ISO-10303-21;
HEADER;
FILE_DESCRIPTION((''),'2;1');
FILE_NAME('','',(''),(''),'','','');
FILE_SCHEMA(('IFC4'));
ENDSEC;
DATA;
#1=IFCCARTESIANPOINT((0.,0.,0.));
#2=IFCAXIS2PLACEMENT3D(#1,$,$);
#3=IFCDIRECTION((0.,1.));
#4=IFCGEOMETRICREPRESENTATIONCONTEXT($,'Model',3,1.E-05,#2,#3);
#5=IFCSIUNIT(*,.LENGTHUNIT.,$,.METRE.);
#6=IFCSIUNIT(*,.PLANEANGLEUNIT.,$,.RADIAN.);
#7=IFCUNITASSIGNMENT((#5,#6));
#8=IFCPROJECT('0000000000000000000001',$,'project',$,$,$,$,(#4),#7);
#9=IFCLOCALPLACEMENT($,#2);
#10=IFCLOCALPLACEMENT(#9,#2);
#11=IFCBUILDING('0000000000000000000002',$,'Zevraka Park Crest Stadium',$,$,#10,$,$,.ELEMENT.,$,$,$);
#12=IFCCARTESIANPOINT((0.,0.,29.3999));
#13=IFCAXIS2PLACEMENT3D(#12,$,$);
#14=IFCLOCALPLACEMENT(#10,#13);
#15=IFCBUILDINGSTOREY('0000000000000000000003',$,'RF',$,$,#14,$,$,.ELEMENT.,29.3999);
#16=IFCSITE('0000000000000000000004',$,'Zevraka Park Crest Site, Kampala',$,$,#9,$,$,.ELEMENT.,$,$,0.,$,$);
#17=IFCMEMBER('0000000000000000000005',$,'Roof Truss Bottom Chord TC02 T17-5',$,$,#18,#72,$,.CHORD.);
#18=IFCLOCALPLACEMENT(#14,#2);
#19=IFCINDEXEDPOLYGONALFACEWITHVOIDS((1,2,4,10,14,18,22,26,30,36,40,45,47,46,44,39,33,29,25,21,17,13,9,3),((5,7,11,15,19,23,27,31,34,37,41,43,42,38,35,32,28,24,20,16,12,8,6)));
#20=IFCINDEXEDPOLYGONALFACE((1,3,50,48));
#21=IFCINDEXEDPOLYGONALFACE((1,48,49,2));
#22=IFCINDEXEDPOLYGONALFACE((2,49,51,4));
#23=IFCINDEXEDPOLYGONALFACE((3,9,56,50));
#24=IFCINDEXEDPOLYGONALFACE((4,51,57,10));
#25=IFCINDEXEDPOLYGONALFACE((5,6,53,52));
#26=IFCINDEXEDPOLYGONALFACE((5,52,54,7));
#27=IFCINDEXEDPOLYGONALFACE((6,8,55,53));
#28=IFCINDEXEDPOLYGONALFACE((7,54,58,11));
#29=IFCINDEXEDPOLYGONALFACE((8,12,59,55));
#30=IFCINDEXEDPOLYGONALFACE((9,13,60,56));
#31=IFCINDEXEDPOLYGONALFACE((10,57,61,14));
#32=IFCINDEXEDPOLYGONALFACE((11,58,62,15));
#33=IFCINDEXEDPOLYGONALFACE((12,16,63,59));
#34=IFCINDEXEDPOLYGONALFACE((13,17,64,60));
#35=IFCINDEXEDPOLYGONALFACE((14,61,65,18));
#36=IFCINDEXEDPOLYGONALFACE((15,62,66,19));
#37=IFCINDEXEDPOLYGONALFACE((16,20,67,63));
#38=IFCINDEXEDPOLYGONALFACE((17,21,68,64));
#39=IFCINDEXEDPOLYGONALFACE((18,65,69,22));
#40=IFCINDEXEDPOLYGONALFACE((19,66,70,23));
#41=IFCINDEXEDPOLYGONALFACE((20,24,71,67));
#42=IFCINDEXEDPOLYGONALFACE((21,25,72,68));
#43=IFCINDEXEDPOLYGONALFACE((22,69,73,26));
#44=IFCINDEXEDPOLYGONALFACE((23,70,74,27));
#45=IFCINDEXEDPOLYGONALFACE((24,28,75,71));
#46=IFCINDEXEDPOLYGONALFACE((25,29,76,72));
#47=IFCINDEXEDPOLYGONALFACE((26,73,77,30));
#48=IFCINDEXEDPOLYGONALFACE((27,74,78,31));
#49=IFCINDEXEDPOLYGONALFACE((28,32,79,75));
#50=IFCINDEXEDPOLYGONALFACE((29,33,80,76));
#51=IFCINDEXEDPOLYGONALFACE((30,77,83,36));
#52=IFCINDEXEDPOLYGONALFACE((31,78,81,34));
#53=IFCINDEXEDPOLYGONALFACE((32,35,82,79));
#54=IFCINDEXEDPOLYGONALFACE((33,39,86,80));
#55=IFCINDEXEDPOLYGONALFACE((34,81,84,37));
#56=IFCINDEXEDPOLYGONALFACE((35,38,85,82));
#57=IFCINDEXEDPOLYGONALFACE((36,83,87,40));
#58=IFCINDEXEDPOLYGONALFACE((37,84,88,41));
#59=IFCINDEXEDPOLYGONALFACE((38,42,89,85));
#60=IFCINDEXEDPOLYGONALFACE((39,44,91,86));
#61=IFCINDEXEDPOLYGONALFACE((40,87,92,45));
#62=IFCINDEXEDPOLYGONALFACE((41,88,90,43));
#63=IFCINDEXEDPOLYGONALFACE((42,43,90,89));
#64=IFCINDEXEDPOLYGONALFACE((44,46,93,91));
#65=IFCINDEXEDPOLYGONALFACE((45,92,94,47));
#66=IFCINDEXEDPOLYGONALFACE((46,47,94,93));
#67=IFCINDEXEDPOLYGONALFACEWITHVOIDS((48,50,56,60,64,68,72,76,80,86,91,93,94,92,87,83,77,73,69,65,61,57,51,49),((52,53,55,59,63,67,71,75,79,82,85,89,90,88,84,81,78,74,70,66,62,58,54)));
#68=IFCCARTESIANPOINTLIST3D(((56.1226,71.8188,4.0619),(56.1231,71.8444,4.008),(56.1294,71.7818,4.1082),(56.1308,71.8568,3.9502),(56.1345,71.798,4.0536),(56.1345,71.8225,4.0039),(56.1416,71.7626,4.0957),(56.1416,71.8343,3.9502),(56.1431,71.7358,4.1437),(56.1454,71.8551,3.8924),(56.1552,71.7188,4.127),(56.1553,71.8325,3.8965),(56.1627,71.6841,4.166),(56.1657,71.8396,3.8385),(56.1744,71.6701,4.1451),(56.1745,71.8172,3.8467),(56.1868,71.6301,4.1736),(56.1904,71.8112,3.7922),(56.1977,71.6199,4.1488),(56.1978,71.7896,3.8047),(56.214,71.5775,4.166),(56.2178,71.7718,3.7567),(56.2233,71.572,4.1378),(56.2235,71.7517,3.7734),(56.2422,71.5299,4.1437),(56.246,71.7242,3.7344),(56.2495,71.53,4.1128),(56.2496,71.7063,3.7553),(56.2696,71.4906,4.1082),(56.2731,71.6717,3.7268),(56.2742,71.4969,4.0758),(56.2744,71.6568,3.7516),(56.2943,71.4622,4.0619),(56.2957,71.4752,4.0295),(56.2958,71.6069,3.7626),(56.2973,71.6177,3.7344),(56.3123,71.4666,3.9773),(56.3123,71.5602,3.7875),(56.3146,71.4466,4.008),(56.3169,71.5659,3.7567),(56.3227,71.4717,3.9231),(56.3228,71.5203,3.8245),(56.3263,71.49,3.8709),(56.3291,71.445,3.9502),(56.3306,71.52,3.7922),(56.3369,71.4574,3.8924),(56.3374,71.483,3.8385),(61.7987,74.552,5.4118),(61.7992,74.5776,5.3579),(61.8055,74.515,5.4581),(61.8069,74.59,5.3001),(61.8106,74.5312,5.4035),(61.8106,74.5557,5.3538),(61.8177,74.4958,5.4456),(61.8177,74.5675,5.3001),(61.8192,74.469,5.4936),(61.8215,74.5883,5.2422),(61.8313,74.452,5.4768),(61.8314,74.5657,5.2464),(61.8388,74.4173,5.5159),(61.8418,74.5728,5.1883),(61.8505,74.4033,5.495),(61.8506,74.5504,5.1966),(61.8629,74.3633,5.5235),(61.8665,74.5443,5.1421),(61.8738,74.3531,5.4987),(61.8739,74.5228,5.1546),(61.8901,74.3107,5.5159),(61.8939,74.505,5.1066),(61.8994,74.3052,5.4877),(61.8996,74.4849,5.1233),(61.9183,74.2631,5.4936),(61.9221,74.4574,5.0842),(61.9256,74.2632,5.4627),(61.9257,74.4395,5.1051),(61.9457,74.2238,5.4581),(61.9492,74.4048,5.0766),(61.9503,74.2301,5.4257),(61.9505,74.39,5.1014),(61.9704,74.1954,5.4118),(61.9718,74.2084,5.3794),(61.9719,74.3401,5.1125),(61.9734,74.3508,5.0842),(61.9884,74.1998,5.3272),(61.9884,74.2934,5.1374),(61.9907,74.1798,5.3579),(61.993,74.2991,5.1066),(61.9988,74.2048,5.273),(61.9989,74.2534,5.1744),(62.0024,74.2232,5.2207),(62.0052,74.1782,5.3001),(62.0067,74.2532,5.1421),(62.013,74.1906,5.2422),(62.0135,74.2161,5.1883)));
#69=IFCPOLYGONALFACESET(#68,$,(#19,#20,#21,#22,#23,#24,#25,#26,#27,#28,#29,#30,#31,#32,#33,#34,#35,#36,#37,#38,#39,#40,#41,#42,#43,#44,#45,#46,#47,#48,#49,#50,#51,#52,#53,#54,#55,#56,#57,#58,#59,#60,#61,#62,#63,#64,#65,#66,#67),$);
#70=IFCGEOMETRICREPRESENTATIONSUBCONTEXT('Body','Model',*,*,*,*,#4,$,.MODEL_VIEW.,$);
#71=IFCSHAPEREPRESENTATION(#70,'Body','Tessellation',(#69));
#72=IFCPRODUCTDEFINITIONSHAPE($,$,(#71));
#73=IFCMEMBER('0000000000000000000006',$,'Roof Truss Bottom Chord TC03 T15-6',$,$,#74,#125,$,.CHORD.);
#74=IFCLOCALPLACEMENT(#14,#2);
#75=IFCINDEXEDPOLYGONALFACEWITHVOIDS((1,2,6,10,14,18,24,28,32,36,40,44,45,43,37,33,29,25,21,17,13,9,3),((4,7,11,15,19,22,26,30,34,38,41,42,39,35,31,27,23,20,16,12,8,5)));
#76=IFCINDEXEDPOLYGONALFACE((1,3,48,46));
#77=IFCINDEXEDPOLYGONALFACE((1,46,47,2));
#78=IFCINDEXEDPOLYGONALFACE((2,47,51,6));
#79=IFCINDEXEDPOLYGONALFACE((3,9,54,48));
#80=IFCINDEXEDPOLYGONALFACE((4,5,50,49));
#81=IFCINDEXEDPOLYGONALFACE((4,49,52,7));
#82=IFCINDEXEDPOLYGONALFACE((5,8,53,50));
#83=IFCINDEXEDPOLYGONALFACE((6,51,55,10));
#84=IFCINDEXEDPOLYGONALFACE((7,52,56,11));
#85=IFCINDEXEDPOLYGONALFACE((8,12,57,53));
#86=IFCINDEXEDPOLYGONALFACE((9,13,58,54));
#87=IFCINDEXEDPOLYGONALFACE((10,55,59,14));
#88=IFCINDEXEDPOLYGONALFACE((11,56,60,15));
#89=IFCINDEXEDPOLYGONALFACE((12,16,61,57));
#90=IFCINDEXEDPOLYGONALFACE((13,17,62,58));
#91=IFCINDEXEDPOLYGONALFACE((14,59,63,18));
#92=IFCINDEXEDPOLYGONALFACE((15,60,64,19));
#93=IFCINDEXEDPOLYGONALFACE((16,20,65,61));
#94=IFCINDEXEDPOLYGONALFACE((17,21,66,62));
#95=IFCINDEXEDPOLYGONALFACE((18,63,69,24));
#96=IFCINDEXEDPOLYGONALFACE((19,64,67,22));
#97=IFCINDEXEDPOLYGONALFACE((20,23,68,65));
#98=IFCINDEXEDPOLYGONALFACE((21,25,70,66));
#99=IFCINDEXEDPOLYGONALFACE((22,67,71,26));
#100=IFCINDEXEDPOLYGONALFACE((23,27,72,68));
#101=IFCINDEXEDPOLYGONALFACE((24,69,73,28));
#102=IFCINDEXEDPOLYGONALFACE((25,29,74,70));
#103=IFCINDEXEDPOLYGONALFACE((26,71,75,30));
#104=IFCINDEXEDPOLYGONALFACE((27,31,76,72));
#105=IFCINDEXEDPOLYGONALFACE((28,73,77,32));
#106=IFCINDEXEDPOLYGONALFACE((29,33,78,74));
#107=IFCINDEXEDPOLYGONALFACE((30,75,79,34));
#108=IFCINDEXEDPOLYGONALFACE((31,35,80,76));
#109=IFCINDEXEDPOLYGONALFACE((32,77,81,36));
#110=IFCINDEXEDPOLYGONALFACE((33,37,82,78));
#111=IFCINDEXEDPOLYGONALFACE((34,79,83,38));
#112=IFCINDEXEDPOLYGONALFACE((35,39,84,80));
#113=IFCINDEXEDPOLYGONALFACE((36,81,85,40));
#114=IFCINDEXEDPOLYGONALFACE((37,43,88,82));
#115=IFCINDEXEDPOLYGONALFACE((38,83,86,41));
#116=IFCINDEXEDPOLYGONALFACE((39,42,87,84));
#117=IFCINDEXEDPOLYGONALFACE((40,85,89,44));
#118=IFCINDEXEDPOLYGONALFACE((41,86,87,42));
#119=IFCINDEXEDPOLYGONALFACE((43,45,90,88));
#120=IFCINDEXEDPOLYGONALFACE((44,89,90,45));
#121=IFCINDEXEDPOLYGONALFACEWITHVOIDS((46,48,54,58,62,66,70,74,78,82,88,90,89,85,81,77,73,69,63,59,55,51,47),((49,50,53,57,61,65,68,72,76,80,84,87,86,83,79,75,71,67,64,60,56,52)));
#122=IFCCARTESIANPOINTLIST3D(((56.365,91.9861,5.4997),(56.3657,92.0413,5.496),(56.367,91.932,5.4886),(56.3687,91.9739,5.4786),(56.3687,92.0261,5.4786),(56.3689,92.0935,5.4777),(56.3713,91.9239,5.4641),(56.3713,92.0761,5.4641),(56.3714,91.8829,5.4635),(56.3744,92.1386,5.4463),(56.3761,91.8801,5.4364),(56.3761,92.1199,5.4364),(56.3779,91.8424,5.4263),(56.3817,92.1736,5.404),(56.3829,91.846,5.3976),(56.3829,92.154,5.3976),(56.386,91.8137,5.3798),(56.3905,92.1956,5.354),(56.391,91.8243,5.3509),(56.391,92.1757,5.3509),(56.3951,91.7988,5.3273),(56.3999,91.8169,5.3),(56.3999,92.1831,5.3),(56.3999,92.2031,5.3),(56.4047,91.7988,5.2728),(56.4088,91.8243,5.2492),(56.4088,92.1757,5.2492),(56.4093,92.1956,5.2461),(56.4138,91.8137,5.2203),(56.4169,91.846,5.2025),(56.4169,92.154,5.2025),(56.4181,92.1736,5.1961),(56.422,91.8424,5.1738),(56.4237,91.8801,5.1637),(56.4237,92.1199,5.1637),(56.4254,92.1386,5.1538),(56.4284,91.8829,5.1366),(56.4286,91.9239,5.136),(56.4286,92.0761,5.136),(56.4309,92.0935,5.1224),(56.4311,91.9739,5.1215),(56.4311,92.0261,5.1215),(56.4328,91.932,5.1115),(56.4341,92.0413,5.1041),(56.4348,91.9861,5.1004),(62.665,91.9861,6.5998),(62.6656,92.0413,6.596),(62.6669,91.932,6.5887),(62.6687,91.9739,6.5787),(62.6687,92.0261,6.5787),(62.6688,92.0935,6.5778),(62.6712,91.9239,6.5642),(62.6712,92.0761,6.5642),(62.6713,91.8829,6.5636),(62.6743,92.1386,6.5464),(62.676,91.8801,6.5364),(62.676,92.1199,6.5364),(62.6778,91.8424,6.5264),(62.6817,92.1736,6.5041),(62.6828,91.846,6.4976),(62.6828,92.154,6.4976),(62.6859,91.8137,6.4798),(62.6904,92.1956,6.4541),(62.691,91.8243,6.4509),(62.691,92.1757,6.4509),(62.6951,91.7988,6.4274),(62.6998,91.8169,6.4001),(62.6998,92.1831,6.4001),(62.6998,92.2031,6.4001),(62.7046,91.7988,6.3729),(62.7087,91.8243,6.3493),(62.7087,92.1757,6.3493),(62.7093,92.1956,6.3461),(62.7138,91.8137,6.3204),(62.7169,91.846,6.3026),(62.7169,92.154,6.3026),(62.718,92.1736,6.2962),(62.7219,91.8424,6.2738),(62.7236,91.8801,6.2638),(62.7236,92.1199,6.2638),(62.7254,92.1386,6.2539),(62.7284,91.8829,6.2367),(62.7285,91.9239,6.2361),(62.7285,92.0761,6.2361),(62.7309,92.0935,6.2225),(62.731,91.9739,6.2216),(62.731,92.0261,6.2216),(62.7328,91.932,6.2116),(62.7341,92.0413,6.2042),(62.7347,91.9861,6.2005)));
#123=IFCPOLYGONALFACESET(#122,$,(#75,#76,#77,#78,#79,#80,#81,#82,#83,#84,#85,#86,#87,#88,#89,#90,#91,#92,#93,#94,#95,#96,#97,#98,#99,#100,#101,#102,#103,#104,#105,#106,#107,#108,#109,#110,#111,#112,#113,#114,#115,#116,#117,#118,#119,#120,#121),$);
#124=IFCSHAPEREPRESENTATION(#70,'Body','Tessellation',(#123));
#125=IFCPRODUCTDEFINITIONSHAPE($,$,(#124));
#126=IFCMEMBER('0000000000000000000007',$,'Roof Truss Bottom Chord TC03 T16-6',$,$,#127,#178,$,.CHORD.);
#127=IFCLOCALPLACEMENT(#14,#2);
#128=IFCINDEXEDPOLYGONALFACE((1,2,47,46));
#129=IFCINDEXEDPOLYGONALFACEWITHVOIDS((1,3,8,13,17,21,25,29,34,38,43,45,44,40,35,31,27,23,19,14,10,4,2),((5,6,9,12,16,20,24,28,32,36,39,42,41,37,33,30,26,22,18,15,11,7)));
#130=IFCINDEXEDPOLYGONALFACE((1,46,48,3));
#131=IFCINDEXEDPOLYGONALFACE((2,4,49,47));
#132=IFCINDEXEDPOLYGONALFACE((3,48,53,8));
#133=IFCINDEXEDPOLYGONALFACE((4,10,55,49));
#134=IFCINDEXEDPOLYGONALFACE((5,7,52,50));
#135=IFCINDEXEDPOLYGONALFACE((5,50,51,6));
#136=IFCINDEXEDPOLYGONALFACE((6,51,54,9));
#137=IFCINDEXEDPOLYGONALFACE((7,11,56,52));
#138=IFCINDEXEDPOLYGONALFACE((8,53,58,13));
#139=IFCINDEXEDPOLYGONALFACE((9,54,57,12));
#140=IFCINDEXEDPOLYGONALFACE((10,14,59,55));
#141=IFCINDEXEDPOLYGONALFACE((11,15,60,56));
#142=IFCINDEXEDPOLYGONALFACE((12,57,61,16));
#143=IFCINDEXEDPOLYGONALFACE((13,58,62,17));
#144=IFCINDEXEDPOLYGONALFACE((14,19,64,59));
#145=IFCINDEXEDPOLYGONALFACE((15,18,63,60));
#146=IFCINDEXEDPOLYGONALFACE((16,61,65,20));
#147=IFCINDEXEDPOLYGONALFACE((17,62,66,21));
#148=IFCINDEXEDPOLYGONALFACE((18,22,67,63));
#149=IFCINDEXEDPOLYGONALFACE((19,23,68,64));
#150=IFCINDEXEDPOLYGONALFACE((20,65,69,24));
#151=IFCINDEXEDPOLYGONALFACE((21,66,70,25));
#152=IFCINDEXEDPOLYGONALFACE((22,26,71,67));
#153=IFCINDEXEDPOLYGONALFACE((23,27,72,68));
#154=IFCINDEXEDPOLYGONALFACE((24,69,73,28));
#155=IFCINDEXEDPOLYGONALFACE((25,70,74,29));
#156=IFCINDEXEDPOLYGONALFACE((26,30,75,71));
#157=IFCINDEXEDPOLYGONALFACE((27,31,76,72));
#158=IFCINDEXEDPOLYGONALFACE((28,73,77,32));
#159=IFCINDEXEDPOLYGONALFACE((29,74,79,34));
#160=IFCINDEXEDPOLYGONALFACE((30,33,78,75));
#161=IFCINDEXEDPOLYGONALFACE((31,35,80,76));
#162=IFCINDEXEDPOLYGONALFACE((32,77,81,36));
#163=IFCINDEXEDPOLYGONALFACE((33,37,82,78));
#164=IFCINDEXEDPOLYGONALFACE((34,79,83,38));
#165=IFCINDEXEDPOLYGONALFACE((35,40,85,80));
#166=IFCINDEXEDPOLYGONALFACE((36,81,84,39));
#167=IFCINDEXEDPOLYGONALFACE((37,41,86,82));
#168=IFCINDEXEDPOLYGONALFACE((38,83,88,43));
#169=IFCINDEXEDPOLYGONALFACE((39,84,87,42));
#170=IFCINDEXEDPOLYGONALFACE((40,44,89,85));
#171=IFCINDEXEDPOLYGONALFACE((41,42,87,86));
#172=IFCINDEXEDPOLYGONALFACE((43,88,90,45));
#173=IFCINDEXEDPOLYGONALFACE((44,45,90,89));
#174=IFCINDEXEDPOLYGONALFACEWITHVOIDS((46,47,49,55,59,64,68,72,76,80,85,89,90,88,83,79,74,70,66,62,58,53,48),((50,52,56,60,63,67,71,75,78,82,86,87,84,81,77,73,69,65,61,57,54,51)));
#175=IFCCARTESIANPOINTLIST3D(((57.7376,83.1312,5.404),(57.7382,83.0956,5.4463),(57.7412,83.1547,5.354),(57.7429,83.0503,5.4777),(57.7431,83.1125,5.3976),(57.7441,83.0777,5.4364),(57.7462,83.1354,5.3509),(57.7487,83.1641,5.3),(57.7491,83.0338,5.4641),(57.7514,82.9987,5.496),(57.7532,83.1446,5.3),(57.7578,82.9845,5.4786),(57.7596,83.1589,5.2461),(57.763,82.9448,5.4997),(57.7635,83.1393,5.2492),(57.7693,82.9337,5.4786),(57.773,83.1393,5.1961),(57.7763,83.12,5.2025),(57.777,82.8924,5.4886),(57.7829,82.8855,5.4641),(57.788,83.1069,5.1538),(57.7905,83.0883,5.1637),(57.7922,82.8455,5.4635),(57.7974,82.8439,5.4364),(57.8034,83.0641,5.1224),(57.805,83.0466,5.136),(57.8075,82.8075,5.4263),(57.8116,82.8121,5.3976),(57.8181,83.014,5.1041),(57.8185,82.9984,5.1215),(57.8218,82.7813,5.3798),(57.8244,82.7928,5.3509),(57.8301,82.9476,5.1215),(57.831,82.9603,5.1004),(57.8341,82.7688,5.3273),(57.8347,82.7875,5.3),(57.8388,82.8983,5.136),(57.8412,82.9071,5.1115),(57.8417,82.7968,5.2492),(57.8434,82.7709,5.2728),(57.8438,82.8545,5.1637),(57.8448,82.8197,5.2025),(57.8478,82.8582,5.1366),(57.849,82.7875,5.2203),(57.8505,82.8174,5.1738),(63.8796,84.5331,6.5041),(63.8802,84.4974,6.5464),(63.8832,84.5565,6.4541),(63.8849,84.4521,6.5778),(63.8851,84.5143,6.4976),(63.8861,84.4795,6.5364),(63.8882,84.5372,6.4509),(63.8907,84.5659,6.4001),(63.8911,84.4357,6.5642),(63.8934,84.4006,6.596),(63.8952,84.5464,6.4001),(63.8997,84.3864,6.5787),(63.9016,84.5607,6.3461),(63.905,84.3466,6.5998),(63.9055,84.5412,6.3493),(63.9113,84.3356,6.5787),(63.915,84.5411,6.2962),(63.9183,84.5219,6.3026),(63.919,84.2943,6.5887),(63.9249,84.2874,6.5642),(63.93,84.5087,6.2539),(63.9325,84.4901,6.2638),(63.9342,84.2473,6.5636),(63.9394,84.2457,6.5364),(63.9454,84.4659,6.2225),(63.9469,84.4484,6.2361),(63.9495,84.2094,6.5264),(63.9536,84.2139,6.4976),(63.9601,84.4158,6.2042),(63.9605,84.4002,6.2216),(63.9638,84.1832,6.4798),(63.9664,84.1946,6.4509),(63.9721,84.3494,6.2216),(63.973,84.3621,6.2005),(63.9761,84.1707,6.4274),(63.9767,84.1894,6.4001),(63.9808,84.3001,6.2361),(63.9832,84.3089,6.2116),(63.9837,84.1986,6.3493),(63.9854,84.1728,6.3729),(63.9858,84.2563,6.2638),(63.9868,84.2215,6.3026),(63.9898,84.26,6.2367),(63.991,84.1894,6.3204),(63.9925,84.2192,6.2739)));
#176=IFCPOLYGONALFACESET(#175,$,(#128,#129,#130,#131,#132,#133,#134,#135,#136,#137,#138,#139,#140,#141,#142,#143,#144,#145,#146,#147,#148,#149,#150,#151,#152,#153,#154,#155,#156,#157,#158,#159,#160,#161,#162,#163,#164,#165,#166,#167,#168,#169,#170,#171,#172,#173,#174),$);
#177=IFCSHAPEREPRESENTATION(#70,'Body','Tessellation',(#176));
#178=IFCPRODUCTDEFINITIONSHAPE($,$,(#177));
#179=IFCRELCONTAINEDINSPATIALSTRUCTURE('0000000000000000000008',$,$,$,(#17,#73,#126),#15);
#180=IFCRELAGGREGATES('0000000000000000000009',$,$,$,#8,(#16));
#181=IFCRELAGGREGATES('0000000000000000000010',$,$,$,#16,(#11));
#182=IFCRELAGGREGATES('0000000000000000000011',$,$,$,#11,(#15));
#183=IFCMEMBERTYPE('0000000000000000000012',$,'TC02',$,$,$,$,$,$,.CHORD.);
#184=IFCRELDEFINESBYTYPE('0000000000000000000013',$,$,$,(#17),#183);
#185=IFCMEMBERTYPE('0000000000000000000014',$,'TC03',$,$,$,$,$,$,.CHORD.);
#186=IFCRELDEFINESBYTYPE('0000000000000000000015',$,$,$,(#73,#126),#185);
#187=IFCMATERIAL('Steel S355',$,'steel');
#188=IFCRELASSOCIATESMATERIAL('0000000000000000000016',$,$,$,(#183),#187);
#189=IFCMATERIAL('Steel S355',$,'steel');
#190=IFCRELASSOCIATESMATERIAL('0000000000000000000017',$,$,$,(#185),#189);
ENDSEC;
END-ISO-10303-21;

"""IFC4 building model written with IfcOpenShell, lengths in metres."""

from ifc_helpers import new_model, si_unit, direction, frame, origin, origin_2d, place, context, subcontext, project, spatial, hollow_circle, extrude, material, material_profile, profile_set, type_object, element, save


model = new_model("IFC4")

# Units and contexts
model_context = context("Model", 3, precision=1e-05, world=origin(), true_north=direction((0.0, 1.0)))
body_context = subcontext(model_context, "Body", "Model", "MODEL_VIEW")
ifc_project = project(units=[si_unit("LENGTHUNIT", "METRE"), si_unit("PLANEANGLEUNIT", "RADIAN")], contexts=[model_context])

# Site, building, storey
site_placement = place(None, origin())
site = spatial("IfcSite", under=ifc_project, at=site_placement, Name="Zevraka Park Crest Site, Kampala", CompositionType="ELEMENT", RefElevation=0.0)
building_placement = place(site_placement, origin())
building = spatial("IfcBuilding", under=site, at=building_placement, Name="Zevraka Park Crest Stadium", CompositionType="ELEMENT")
storey_placement = place(building_placement, frame((0.0, 0.0, 29.3999)))
storey = spatial("IfcBuildingStorey", under=building, at=storey_placement, Name="RF", CompositionType="ELEMENT", Elevation=29.3999)

# Members
ifc_material_1 = material(Name="Steel S355", Category="steel")
ifc_material_profile_1 = material_profile(ifc_material_1, hollow_circle(Radius=0.2285, WallThickness=0.0249, at=origin_2d()), Name="CHS 457.0x25")
ifc_profile_set_1 = profile_set([ifc_material_profile_1], Name="Steel S355")
member_type_1 = type_object("IfcMemberType", Name="TC02", PredefinedType="CHORD", material=ifc_profile_set_1)
member_1_placement = place(storey_placement, frame((56.23, 71.6509, 3.9502), z_axis=(0.880989, 0.424219, 0.209514), x_axis=(-0.433848, 0.900986, 0.0)))
element("IfcMember", 1, at=member_1_placement, inside=storey, type_object=member_type_1, Name="Roof Truss Bottom Chord TC02 T17-5", PredefinedType="CHORD", context=body_context, shape_type="SweptSolid", body=[
    extrude(hollow_circle(Radius=0.2285, WallThickness=0.0249, at=origin_2d()), origin(), (0.0, 0.0, 1.0), 6.4429),
])
ifc_material_2 = material(Name="Steel S355", Category="steel")
ifc_material_profile_2 = material_profile(ifc_material_2, hollow_circle(Radius=0.2031, WallThickness=0.02, at=origin_2d()), Name="CHS 406.4x20")
ifc_profile_set_2 = profile_set([ifc_material_profile_2], Name="Steel S355")
member_type_2 = type_object("IfcMemberType", Name="TC03", PredefinedType="CHORD", material=ifc_profile_set_2)
for number, where, z_axis, x_axis, name in (
    (2, (56.3999, 92.0, 5.3), (0.985094, 0.0, 0.172015), (0.0, 1.0, 0.0), "Roof Truss Bottom Chord TC03 T15-6"),
    (3, (57.7939, 82.9661, 5.3), (0.960397, 0.219199, 0.172015), (-0.222515, 0.974929, 0.0), "Roof Truss Bottom Chord TC03 T16-6"),
):
    element("IfcMember", number, at=place(storey_placement, frame(where, z_axis=z_axis, x_axis=x_axis)), inside=storey, type_object=member_type_2, Name=name, PredefinedType="CHORD", context=body_context, shape_type="SweptSolid", body=[
        extrude(hollow_circle(Radius=0.2031, WallThickness=0.02, at=origin_2d()), origin(), (0.0, 0.0, 1.0), 6.3953),
    ])

save(model, "model.ifc")
